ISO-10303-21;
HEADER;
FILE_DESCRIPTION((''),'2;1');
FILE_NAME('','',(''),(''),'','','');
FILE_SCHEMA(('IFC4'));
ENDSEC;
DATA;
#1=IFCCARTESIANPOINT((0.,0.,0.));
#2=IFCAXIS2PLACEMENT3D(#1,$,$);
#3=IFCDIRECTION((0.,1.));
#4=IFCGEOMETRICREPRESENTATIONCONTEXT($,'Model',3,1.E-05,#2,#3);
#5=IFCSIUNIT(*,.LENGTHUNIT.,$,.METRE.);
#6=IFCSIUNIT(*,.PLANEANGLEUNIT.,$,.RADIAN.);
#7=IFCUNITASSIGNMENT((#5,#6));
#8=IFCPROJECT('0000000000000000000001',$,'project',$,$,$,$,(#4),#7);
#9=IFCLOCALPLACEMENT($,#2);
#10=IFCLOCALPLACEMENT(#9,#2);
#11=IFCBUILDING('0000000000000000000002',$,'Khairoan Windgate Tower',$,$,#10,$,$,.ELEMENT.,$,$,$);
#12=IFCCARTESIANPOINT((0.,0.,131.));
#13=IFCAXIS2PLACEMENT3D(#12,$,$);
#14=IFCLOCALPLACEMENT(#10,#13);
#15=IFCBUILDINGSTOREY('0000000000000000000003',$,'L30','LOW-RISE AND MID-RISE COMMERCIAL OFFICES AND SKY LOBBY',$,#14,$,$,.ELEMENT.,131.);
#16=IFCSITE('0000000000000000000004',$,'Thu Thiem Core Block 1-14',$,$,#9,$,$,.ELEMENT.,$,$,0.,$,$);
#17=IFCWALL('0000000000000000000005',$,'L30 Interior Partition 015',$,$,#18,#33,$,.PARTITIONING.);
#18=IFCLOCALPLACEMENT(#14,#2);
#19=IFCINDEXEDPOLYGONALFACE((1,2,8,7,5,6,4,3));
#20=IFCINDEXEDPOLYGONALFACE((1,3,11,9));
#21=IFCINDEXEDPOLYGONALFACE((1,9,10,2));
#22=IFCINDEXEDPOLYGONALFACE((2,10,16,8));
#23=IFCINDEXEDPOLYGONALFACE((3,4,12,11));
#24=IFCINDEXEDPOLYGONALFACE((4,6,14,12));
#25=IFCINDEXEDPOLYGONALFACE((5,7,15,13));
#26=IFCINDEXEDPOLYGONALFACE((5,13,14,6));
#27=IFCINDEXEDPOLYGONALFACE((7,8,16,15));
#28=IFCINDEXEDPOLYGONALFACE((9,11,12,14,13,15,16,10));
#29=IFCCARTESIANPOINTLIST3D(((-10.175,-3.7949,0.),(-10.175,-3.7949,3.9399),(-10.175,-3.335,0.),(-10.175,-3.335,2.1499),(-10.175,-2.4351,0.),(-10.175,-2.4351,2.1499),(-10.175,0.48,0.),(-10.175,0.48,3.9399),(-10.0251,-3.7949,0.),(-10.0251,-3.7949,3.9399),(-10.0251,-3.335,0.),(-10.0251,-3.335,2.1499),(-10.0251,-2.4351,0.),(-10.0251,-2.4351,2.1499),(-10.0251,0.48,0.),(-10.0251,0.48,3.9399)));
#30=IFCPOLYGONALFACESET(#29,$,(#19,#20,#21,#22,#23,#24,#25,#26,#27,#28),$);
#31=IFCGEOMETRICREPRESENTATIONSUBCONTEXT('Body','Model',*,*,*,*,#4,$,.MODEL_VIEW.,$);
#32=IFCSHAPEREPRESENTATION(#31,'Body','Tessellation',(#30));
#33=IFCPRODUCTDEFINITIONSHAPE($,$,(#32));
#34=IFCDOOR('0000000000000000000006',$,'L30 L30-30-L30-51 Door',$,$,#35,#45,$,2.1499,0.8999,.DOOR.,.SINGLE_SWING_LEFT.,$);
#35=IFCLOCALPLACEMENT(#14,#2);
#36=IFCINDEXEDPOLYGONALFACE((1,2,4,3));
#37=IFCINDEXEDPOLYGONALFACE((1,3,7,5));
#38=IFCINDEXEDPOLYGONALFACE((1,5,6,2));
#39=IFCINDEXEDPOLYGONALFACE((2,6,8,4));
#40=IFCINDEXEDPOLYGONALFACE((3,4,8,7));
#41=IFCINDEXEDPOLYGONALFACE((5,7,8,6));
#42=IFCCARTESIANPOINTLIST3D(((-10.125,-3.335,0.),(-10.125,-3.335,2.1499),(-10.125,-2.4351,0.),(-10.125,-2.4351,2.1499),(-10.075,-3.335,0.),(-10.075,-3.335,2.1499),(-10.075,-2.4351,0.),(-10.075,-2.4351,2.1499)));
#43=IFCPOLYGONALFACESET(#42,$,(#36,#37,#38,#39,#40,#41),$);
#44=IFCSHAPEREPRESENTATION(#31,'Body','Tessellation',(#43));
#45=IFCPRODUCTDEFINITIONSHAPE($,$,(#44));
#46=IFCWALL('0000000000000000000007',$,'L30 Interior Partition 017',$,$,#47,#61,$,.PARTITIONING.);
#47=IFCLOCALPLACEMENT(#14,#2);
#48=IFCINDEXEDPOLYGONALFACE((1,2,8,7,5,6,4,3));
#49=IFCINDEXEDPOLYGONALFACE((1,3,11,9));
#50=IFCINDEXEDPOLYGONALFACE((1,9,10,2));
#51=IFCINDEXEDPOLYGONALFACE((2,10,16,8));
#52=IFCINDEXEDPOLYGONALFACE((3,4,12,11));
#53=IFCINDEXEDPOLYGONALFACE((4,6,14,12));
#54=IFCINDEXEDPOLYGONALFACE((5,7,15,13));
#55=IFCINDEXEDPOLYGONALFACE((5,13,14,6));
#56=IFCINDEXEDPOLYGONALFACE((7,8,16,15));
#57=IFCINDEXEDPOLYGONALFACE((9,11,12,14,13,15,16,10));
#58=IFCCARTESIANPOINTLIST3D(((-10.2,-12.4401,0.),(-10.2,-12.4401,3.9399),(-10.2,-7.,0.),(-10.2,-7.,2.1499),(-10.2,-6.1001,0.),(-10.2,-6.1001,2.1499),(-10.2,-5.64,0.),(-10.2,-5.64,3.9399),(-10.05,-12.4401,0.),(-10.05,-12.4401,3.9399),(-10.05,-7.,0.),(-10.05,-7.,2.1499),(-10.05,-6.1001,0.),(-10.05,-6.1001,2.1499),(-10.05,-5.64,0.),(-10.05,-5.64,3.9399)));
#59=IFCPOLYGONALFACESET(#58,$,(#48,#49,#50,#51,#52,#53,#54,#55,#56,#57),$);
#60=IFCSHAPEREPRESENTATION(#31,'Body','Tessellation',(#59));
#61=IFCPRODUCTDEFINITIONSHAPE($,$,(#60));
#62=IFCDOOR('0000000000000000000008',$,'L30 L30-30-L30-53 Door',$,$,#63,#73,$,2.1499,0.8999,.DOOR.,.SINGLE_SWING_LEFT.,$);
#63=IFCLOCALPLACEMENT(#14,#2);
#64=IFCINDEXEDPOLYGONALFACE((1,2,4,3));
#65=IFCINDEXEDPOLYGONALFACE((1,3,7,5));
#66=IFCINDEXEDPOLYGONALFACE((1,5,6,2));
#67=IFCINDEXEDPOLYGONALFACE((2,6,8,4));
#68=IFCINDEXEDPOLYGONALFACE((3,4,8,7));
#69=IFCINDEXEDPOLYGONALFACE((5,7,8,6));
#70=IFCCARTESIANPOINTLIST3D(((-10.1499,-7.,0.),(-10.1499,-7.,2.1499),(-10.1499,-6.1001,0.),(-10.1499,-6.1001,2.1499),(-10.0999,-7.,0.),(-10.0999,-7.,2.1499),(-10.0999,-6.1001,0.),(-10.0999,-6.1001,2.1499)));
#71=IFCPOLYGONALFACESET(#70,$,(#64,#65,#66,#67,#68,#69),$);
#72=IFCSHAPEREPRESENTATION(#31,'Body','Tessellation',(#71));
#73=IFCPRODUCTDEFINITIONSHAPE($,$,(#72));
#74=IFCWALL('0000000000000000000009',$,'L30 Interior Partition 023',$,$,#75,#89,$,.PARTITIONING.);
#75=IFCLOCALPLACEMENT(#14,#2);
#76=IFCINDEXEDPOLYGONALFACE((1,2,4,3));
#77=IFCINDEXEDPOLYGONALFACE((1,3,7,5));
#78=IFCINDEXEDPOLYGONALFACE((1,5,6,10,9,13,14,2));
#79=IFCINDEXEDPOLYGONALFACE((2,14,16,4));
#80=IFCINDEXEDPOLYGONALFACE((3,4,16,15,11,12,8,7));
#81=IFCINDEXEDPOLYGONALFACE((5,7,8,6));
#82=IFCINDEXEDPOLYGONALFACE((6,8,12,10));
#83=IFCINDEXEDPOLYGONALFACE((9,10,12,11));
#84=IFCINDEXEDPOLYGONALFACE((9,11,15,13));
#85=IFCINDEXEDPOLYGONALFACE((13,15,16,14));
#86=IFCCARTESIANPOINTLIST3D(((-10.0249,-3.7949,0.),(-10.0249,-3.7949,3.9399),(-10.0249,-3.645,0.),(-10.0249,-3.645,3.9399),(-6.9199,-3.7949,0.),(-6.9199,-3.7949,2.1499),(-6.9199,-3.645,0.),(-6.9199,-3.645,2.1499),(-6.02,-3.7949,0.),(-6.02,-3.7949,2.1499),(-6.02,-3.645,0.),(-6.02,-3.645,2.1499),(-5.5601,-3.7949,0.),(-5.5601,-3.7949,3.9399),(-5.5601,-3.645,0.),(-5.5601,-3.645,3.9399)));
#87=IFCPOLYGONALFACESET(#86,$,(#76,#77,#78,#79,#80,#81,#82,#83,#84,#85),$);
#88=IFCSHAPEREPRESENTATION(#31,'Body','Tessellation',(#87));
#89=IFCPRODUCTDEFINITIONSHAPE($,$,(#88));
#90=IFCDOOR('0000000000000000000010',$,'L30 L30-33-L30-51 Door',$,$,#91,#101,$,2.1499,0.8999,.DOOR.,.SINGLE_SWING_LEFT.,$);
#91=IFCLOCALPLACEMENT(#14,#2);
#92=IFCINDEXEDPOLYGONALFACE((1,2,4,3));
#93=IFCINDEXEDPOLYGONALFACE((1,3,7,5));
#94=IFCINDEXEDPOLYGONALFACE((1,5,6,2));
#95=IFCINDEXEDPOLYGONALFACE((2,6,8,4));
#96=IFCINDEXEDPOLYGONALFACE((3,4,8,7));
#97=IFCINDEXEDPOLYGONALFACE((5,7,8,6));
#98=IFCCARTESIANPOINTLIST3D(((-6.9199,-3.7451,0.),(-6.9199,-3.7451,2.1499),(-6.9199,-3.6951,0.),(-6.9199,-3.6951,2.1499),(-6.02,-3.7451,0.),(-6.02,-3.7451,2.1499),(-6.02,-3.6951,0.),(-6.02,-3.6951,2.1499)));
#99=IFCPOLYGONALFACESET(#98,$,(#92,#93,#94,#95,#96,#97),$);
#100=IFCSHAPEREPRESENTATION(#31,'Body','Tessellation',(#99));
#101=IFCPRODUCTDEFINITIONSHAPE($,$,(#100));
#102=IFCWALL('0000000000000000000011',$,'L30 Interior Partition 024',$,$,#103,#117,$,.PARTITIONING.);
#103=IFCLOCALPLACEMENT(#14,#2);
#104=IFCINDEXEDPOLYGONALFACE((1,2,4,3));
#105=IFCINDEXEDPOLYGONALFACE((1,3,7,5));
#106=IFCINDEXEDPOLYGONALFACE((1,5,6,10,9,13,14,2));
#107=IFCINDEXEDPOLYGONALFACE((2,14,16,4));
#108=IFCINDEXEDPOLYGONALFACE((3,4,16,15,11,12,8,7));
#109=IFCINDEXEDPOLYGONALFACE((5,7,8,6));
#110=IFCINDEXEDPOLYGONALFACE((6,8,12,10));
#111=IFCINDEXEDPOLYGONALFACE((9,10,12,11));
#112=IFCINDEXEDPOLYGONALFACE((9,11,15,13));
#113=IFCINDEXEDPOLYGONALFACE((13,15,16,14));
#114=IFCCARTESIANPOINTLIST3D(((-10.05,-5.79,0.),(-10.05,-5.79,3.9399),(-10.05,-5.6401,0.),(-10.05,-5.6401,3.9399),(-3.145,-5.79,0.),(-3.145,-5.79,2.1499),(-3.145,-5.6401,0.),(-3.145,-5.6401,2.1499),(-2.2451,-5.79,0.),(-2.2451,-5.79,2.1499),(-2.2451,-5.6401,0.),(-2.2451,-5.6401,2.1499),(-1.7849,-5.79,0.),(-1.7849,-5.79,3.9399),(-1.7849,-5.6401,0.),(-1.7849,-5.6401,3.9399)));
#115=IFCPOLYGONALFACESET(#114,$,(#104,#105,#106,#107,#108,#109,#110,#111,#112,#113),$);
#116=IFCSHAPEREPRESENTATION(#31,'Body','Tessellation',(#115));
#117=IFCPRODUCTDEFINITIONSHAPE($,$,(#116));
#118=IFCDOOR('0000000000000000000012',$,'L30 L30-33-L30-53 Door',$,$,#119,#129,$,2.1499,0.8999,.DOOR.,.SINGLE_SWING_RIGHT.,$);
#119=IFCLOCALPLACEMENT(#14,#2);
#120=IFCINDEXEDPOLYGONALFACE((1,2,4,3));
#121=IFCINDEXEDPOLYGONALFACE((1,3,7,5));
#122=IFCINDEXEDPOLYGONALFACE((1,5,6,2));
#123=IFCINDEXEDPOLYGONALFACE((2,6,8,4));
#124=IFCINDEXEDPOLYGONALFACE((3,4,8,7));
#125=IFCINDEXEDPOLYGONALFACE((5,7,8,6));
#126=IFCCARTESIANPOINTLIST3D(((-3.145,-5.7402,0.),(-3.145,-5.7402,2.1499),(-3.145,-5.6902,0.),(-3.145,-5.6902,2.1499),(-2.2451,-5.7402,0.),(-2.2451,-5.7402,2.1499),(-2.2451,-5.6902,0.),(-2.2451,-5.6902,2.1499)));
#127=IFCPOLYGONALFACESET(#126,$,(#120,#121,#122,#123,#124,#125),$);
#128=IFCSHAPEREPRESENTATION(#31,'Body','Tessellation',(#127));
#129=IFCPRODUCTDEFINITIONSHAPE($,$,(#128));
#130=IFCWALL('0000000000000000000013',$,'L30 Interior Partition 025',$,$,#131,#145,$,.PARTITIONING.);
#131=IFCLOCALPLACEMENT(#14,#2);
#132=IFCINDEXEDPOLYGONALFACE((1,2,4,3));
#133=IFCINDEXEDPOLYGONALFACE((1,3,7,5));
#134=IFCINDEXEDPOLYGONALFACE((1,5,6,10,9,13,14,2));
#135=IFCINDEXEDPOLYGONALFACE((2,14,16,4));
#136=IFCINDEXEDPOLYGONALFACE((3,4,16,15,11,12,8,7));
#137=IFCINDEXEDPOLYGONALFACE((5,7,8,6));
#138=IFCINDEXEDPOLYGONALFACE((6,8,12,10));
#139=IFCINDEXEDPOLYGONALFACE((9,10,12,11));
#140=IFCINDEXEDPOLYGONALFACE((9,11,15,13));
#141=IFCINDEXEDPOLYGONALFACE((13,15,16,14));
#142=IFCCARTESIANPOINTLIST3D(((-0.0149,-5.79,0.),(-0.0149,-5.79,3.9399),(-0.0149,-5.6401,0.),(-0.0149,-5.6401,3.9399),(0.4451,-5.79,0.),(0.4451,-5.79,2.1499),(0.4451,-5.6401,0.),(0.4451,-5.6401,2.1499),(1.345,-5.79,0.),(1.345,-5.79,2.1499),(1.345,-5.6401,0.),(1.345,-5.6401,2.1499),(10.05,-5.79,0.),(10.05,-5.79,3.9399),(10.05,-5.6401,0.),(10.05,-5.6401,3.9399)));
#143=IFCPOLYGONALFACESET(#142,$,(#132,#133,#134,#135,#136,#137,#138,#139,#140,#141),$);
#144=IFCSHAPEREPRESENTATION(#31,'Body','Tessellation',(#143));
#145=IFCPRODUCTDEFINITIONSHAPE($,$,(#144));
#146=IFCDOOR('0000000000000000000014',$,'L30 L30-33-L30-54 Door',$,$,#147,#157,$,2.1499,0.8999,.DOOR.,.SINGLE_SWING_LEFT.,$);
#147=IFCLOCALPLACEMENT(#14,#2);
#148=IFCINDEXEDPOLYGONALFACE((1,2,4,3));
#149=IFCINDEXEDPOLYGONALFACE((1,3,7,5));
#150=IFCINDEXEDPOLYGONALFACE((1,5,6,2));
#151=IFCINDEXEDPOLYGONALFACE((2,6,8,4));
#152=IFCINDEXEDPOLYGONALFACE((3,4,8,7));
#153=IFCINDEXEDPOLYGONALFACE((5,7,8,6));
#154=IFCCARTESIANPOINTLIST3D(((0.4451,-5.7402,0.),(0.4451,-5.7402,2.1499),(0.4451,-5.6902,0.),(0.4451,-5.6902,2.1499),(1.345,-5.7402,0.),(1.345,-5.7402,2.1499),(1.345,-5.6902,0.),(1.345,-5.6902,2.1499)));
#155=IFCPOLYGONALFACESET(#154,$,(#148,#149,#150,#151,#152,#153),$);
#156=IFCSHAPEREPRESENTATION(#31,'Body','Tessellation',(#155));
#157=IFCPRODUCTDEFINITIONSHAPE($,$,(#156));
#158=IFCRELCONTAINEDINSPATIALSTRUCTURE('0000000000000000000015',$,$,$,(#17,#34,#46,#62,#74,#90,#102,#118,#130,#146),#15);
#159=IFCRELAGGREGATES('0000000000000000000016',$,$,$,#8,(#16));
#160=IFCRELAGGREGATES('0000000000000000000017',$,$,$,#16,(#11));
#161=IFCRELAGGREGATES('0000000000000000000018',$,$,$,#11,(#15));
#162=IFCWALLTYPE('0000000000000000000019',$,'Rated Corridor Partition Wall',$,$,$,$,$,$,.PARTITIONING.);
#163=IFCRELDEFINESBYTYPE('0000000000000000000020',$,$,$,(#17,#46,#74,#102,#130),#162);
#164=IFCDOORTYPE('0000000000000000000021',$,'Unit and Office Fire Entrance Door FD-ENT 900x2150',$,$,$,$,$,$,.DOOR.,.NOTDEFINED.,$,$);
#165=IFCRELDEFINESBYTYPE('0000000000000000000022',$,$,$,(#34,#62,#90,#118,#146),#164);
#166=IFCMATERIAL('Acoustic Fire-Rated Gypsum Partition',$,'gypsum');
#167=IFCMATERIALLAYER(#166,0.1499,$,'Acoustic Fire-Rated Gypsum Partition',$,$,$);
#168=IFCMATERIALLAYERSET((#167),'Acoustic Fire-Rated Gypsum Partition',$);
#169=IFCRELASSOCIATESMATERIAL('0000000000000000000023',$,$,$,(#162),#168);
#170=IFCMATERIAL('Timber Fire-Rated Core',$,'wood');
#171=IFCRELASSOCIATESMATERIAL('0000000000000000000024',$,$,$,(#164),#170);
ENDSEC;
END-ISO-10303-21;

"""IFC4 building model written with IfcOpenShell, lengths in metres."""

from ifc_helpers import new_model, si_unit, direction, frame, frame_2d, origin, place, context, subcontext, project, spatial, rectangle, extrude, material, layer, layer_set, type_object, element, fill, save


model = new_model("IFC4")

# Units and contexts
model_context = context("Model", 3, precision=1e-05, world=origin(), true_north=direction((0.0, 1.0)))
body_context = subcontext(model_context, "Body", "Model", "MODEL_VIEW")
ifc_project = project(units=[si_unit("LENGTHUNIT", "METRE"), si_unit("PLANEANGLEUNIT", "RADIAN")], contexts=[model_context])

# Site, building, storey
site_placement = place(None, origin())
site = spatial("IfcSite", under=ifc_project, at=site_placement, Name="Thu Thiem Core Block 1-14", CompositionType="ELEMENT", RefElevation=0.0)
building_placement = place(site_placement, origin())
building = spatial("IfcBuilding", under=site, at=building_placement, Name="Khairoan Windgate Tower", CompositionType="ELEMENT")
storey_placement = place(building_placement, frame((0.0, 0.0, 131.0)))
storey = spatial("IfcBuildingStorey", under=building, at=storey_placement, Name="L30", Description="LOW-RISE AND MID-RISE COMMERCIAL OFFICES AND SKY LOBBY", CompositionType="ELEMENT", Elevation=131.0)

# Walls, openings, doors
ifc_material_1 = material(Name="Acoustic Fire-Rated Gypsum Partition", Category="gypsum")
ifc_layer_1 = layer(ifc_material_1, 0.1499, Name="Acoustic Fire-Rated Gypsum Partition")
ifc_layer_set_1 = layer_set([ifc_layer_1], Name="Acoustic Fire-Rated Gypsum Partition")
wall_type_1 = type_object("IfcWallType", Name="Rated Corridor Partition Wall", PredefinedType="PARTITIONING", material=ifc_layer_set_1)
wall_1_placement = place(storey_placement, frame((-10.1001, -3.7949, 0.0), z_axis=(0.0, 0.0, 1.0), x_axis=(0.0, 1.0, 0.0)))
wall_1 = element("IfcWall", 1, at=wall_1_placement, inside=storey, type_object=wall_type_1, Name="L30 Interior Partition 015", PredefinedType="PARTITIONING", context=body_context, shape_type="SweptSolid", body=[
    extrude(rectangle(XDim=4.2749, YDim=0.1499, at=frame_2d((2.1375, 0.0))), origin(), (0.0, 0.0, 1.0), 3.9399),
])
opening_1_placement = place(wall_1_placement, frame((0.46, 0.0, 0.0)))
opening_1 = element("IfcOpeningElement", 2, at=opening_1_placement, cuts=wall_1, PredefinedType="OPENING", context=body_context, shape_type="SweptSolid", body=[
    extrude(rectangle(XDim=0.8999, YDim=2.1499, at=frame_2d((0.45, 1.075))), frame((0.0, 0.085, 0.0), z_axis=(0.0, -1.0, 0.0), x_axis=(1.0, 0.0, 0.0)), (0.0, 0.0, 1.0), 0.1699),
])
ifc_material_2 = material(Name="Timber Fire-Rated Core", Category="wood")
door_type = type_object("IfcDoorType", Name="Unit and Office Fire Entrance Door FD-ENT 900x2150", OperationType="NOTDEFINED", PredefinedType="DOOR", material=ifc_material_2)
door_1_placement = place(opening_1_placement, origin())
door_1 = element("IfcDoor", 3, at=door_1_placement, inside=storey, type_object=door_type, Name="L30 L30-30-L30-51 Door", OperationType="SINGLE_SWING_LEFT", OverallHeight=2.1499, OverallWidth=0.8999, PredefinedType="DOOR", context=body_context, shape_type="SweptSolid", body=[
    extrude(rectangle(XDim=0.8999, YDim=2.1499, at=frame_2d((0.45, 1.075))), frame((0.0, 0.0249, 0.0), z_axis=(0.0, -1.0, 0.0), x_axis=(1.0, 0.0, 0.0)), (0.0, 0.0, 1.0), 0.05),
])
fill(opening_1, door_1)
wall_2_placement = place(storey_placement, frame((-10.125, -12.4399, 0.0), z_axis=(0.0, 0.0, 1.0), x_axis=(0.0, 1.0, 0.0)))
wall_2 = element("IfcWall", 4, at=wall_2_placement, inside=storey, type_object=wall_type_1, Name="L30 Interior Partition 017", PredefinedType="PARTITIONING", context=body_context, shape_type="SweptSolid", body=[
    extrude(rectangle(XDim=6.8, YDim=0.1499, at=frame_2d((3.3999, 0.0))), origin(), (0.0, 0.0, 1.0), 3.9399),
])
opening_2_placement = place(wall_2_placement, frame((5.4399, 0.0, 0.0)))
opening_2 = element("IfcOpeningElement", 5, at=opening_2_placement, cuts=wall_2, PredefinedType="OPENING", context=body_context, shape_type="SweptSolid", body=[
    extrude(rectangle(XDim=0.8999, YDim=2.1499, at=frame_2d((0.45, 1.075))), frame((0.0, 0.085, 0.0), z_axis=(0.0, -1.0, 0.0), x_axis=(1.0, 0.0, 0.0)), (0.0, 0.0, 1.0), 0.1699),
])
door_2_placement = place(opening_2_placement, origin())
door_2 = element("IfcDoor", 6, at=door_2_placement, inside=storey, type_object=door_type, Name="L30 L30-30-L30-53 Door", OperationType="SINGLE_SWING_LEFT", OverallHeight=2.1499, OverallWidth=0.8999, PredefinedType="DOOR", context=body_context, shape_type="SweptSolid", body=[
    extrude(rectangle(XDim=0.8999, YDim=2.1499, at=frame_2d((0.45, 1.075))), frame((0.0, 0.0249, 0.0), z_axis=(0.0, -1.0, 0.0), x_axis=(1.0, 0.0, 0.0)), (0.0, 0.0, 1.0), 0.05),
])
fill(opening_2, door_2)
wall_3_placement = place(storey_placement, frame((-10.0249, -3.72, 0.0), z_axis=(0.0, 0.0, 1.0), x_axis=(1.0, 0.0, 0.0)))
wall_3 = element("IfcWall", 7, at=wall_3_placement, inside=storey, type_object=wall_type_1, Name="L30 Interior Partition 023", PredefinedType="PARTITIONING", context=body_context, shape_type="SweptSolid", body=[
    extrude(rectangle(XDim=4.4648, YDim=0.1499, at=frame_2d((2.2324, 0.0))), origin(), (0.0, 0.0, 1.0), 3.9399),
])
opening_3_placement = place(wall_3_placement, frame((3.105, 0.0, 0.0)))
opening_3 = element("IfcOpeningElement", 8, at=opening_3_placement, cuts=wall_3, PredefinedType="OPENING", context=body_context, shape_type="SweptSolid", body=[
    extrude(rectangle(XDim=0.8999, YDim=2.1499, at=frame_2d((0.45, 1.075))), frame((0.0, 0.085, 0.0), z_axis=(0.0, -1.0, 0.0), x_axis=(1.0, 0.0, 0.0)), (0.0, 0.0, 1.0), 0.1699),
])
door_3_placement = place(opening_3_placement, origin())
door_3 = element("IfcDoor", 9, at=door_3_placement, inside=storey, type_object=door_type, Name="L30 L30-33-L30-51 Door", OperationType="SINGLE_SWING_LEFT", OverallHeight=2.1499, OverallWidth=0.8999, PredefinedType="DOOR", context=body_context, shape_type="SweptSolid", body=[
    extrude(rectangle(XDim=0.8999, YDim=2.1499, at=frame_2d((0.45, 1.075))), frame((0.0, 0.0249, 0.0), z_axis=(0.0, -1.0, 0.0), x_axis=(1.0, 0.0, 0.0)), (0.0, 0.0, 1.0), 0.05),
])
fill(opening_3, door_3)
wall_4_placement = place(storey_placement, frame((-10.05, -5.7151, 0.0), z_axis=(0.0, 0.0, 1.0), x_axis=(1.0, 0.0, 0.0)))
wall_4 = element("IfcWall", 10, at=wall_4_placement, inside=storey, type_object=wall_type_1, Name="L30 Interior Partition 024", PredefinedType="PARTITIONING", context=body_context, shape_type="SweptSolid", body=[
    extrude(rectangle(XDim=8.2651, YDim=0.1499, at=frame_2d((4.1326, 0.0))), origin(), (0.0, 0.0, 1.0), 3.9399),
])
opening_4_placement = place(wall_4_placement, frame((6.905, 0.0, 0.0)))
opening_4 = element("IfcOpeningElement", 11, at=opening_4_placement, cuts=wall_4, PredefinedType="OPENING", context=body_context, shape_type="SweptSolid", body=[
    extrude(rectangle(XDim=0.8999, YDim=2.1499, at=frame_2d((0.45, 1.075))), frame((0.0, 0.085, 0.0), z_axis=(0.0, -1.0, 0.0), x_axis=(1.0, 0.0, 0.0)), (0.0, 0.0, 1.0), 0.1699),
])
door_4_placement = place(opening_4_placement, origin())
door_4 = element("IfcDoor", 12, at=door_4_placement, inside=storey, type_object=door_type, Name="L30 L30-33-L30-53 Door", OperationType="SINGLE_SWING_RIGHT", OverallHeight=2.1499, OverallWidth=0.8999, PredefinedType="DOOR", context=body_context, shape_type="SweptSolid", body=[
    extrude(rectangle(XDim=0.8999, YDim=2.1499, at=frame_2d((0.45, 1.075))), frame((0.0, 0.0249, 0.0), z_axis=(0.0, -1.0, 0.0), x_axis=(1.0, 0.0, 0.0)), (0.0, 0.0, 1.0), 0.05),
])
fill(opening_4, door_4)
wall_5_placement = place(storey_placement, frame((-0.0149, -5.7151, 0.0), z_axis=(0.0, 0.0, 1.0), x_axis=(1.0, 0.0, 0.0)))
wall_5 = element("IfcWall", 13, at=wall_5_placement, inside=storey, type_object=wall_type_1, Name="L30 Interior Partition 025", PredefinedType="PARTITIONING", context=body_context, shape_type="SweptSolid", body=[
    extrude(rectangle(XDim=10.0649, YDim=0.1499, at=frame_2d((5.0325, 0.0))), origin(), (0.0, 0.0, 1.0), 3.9399),
])
opening_5_placement = place(wall_5_placement, frame((0.46, 0.0, 0.0)))
opening_5 = element("IfcOpeningElement", 14, at=opening_5_placement, cuts=wall_5, PredefinedType="OPENING", context=body_context, shape_type="SweptSolid", body=[
    extrude(rectangle(XDim=0.8999, YDim=2.1499, at=frame_2d((0.45, 1.075))), frame((0.0, 0.085, 0.0), z_axis=(0.0, -1.0, 0.0), x_axis=(1.0, 0.0, 0.0)), (0.0, 0.0, 1.0), 0.1699),
])
door_5_placement = place(opening_5_placement, origin())
door_5 = element("IfcDoor", 15, at=door_5_placement, inside=storey, type_object=door_type, Name="L30 L30-33-L30-54 Door", OperationType="SINGLE_SWING_LEFT", OverallHeight=2.1499, OverallWidth=0.8999, PredefinedType="DOOR", context=body_context, shape_type="SweptSolid", body=[
    extrude(rectangle(XDim=0.8999, YDim=2.1499, at=frame_2d((0.45, 1.075))), frame((0.0, 0.0249, 0.0), z_axis=(0.0, -1.0, 0.0), x_axis=(1.0, 0.0, 0.0)), (0.0, 0.0, 1.0), 0.05),
])
fill(opening_5, door_5)

save(model, "model.ifc")
